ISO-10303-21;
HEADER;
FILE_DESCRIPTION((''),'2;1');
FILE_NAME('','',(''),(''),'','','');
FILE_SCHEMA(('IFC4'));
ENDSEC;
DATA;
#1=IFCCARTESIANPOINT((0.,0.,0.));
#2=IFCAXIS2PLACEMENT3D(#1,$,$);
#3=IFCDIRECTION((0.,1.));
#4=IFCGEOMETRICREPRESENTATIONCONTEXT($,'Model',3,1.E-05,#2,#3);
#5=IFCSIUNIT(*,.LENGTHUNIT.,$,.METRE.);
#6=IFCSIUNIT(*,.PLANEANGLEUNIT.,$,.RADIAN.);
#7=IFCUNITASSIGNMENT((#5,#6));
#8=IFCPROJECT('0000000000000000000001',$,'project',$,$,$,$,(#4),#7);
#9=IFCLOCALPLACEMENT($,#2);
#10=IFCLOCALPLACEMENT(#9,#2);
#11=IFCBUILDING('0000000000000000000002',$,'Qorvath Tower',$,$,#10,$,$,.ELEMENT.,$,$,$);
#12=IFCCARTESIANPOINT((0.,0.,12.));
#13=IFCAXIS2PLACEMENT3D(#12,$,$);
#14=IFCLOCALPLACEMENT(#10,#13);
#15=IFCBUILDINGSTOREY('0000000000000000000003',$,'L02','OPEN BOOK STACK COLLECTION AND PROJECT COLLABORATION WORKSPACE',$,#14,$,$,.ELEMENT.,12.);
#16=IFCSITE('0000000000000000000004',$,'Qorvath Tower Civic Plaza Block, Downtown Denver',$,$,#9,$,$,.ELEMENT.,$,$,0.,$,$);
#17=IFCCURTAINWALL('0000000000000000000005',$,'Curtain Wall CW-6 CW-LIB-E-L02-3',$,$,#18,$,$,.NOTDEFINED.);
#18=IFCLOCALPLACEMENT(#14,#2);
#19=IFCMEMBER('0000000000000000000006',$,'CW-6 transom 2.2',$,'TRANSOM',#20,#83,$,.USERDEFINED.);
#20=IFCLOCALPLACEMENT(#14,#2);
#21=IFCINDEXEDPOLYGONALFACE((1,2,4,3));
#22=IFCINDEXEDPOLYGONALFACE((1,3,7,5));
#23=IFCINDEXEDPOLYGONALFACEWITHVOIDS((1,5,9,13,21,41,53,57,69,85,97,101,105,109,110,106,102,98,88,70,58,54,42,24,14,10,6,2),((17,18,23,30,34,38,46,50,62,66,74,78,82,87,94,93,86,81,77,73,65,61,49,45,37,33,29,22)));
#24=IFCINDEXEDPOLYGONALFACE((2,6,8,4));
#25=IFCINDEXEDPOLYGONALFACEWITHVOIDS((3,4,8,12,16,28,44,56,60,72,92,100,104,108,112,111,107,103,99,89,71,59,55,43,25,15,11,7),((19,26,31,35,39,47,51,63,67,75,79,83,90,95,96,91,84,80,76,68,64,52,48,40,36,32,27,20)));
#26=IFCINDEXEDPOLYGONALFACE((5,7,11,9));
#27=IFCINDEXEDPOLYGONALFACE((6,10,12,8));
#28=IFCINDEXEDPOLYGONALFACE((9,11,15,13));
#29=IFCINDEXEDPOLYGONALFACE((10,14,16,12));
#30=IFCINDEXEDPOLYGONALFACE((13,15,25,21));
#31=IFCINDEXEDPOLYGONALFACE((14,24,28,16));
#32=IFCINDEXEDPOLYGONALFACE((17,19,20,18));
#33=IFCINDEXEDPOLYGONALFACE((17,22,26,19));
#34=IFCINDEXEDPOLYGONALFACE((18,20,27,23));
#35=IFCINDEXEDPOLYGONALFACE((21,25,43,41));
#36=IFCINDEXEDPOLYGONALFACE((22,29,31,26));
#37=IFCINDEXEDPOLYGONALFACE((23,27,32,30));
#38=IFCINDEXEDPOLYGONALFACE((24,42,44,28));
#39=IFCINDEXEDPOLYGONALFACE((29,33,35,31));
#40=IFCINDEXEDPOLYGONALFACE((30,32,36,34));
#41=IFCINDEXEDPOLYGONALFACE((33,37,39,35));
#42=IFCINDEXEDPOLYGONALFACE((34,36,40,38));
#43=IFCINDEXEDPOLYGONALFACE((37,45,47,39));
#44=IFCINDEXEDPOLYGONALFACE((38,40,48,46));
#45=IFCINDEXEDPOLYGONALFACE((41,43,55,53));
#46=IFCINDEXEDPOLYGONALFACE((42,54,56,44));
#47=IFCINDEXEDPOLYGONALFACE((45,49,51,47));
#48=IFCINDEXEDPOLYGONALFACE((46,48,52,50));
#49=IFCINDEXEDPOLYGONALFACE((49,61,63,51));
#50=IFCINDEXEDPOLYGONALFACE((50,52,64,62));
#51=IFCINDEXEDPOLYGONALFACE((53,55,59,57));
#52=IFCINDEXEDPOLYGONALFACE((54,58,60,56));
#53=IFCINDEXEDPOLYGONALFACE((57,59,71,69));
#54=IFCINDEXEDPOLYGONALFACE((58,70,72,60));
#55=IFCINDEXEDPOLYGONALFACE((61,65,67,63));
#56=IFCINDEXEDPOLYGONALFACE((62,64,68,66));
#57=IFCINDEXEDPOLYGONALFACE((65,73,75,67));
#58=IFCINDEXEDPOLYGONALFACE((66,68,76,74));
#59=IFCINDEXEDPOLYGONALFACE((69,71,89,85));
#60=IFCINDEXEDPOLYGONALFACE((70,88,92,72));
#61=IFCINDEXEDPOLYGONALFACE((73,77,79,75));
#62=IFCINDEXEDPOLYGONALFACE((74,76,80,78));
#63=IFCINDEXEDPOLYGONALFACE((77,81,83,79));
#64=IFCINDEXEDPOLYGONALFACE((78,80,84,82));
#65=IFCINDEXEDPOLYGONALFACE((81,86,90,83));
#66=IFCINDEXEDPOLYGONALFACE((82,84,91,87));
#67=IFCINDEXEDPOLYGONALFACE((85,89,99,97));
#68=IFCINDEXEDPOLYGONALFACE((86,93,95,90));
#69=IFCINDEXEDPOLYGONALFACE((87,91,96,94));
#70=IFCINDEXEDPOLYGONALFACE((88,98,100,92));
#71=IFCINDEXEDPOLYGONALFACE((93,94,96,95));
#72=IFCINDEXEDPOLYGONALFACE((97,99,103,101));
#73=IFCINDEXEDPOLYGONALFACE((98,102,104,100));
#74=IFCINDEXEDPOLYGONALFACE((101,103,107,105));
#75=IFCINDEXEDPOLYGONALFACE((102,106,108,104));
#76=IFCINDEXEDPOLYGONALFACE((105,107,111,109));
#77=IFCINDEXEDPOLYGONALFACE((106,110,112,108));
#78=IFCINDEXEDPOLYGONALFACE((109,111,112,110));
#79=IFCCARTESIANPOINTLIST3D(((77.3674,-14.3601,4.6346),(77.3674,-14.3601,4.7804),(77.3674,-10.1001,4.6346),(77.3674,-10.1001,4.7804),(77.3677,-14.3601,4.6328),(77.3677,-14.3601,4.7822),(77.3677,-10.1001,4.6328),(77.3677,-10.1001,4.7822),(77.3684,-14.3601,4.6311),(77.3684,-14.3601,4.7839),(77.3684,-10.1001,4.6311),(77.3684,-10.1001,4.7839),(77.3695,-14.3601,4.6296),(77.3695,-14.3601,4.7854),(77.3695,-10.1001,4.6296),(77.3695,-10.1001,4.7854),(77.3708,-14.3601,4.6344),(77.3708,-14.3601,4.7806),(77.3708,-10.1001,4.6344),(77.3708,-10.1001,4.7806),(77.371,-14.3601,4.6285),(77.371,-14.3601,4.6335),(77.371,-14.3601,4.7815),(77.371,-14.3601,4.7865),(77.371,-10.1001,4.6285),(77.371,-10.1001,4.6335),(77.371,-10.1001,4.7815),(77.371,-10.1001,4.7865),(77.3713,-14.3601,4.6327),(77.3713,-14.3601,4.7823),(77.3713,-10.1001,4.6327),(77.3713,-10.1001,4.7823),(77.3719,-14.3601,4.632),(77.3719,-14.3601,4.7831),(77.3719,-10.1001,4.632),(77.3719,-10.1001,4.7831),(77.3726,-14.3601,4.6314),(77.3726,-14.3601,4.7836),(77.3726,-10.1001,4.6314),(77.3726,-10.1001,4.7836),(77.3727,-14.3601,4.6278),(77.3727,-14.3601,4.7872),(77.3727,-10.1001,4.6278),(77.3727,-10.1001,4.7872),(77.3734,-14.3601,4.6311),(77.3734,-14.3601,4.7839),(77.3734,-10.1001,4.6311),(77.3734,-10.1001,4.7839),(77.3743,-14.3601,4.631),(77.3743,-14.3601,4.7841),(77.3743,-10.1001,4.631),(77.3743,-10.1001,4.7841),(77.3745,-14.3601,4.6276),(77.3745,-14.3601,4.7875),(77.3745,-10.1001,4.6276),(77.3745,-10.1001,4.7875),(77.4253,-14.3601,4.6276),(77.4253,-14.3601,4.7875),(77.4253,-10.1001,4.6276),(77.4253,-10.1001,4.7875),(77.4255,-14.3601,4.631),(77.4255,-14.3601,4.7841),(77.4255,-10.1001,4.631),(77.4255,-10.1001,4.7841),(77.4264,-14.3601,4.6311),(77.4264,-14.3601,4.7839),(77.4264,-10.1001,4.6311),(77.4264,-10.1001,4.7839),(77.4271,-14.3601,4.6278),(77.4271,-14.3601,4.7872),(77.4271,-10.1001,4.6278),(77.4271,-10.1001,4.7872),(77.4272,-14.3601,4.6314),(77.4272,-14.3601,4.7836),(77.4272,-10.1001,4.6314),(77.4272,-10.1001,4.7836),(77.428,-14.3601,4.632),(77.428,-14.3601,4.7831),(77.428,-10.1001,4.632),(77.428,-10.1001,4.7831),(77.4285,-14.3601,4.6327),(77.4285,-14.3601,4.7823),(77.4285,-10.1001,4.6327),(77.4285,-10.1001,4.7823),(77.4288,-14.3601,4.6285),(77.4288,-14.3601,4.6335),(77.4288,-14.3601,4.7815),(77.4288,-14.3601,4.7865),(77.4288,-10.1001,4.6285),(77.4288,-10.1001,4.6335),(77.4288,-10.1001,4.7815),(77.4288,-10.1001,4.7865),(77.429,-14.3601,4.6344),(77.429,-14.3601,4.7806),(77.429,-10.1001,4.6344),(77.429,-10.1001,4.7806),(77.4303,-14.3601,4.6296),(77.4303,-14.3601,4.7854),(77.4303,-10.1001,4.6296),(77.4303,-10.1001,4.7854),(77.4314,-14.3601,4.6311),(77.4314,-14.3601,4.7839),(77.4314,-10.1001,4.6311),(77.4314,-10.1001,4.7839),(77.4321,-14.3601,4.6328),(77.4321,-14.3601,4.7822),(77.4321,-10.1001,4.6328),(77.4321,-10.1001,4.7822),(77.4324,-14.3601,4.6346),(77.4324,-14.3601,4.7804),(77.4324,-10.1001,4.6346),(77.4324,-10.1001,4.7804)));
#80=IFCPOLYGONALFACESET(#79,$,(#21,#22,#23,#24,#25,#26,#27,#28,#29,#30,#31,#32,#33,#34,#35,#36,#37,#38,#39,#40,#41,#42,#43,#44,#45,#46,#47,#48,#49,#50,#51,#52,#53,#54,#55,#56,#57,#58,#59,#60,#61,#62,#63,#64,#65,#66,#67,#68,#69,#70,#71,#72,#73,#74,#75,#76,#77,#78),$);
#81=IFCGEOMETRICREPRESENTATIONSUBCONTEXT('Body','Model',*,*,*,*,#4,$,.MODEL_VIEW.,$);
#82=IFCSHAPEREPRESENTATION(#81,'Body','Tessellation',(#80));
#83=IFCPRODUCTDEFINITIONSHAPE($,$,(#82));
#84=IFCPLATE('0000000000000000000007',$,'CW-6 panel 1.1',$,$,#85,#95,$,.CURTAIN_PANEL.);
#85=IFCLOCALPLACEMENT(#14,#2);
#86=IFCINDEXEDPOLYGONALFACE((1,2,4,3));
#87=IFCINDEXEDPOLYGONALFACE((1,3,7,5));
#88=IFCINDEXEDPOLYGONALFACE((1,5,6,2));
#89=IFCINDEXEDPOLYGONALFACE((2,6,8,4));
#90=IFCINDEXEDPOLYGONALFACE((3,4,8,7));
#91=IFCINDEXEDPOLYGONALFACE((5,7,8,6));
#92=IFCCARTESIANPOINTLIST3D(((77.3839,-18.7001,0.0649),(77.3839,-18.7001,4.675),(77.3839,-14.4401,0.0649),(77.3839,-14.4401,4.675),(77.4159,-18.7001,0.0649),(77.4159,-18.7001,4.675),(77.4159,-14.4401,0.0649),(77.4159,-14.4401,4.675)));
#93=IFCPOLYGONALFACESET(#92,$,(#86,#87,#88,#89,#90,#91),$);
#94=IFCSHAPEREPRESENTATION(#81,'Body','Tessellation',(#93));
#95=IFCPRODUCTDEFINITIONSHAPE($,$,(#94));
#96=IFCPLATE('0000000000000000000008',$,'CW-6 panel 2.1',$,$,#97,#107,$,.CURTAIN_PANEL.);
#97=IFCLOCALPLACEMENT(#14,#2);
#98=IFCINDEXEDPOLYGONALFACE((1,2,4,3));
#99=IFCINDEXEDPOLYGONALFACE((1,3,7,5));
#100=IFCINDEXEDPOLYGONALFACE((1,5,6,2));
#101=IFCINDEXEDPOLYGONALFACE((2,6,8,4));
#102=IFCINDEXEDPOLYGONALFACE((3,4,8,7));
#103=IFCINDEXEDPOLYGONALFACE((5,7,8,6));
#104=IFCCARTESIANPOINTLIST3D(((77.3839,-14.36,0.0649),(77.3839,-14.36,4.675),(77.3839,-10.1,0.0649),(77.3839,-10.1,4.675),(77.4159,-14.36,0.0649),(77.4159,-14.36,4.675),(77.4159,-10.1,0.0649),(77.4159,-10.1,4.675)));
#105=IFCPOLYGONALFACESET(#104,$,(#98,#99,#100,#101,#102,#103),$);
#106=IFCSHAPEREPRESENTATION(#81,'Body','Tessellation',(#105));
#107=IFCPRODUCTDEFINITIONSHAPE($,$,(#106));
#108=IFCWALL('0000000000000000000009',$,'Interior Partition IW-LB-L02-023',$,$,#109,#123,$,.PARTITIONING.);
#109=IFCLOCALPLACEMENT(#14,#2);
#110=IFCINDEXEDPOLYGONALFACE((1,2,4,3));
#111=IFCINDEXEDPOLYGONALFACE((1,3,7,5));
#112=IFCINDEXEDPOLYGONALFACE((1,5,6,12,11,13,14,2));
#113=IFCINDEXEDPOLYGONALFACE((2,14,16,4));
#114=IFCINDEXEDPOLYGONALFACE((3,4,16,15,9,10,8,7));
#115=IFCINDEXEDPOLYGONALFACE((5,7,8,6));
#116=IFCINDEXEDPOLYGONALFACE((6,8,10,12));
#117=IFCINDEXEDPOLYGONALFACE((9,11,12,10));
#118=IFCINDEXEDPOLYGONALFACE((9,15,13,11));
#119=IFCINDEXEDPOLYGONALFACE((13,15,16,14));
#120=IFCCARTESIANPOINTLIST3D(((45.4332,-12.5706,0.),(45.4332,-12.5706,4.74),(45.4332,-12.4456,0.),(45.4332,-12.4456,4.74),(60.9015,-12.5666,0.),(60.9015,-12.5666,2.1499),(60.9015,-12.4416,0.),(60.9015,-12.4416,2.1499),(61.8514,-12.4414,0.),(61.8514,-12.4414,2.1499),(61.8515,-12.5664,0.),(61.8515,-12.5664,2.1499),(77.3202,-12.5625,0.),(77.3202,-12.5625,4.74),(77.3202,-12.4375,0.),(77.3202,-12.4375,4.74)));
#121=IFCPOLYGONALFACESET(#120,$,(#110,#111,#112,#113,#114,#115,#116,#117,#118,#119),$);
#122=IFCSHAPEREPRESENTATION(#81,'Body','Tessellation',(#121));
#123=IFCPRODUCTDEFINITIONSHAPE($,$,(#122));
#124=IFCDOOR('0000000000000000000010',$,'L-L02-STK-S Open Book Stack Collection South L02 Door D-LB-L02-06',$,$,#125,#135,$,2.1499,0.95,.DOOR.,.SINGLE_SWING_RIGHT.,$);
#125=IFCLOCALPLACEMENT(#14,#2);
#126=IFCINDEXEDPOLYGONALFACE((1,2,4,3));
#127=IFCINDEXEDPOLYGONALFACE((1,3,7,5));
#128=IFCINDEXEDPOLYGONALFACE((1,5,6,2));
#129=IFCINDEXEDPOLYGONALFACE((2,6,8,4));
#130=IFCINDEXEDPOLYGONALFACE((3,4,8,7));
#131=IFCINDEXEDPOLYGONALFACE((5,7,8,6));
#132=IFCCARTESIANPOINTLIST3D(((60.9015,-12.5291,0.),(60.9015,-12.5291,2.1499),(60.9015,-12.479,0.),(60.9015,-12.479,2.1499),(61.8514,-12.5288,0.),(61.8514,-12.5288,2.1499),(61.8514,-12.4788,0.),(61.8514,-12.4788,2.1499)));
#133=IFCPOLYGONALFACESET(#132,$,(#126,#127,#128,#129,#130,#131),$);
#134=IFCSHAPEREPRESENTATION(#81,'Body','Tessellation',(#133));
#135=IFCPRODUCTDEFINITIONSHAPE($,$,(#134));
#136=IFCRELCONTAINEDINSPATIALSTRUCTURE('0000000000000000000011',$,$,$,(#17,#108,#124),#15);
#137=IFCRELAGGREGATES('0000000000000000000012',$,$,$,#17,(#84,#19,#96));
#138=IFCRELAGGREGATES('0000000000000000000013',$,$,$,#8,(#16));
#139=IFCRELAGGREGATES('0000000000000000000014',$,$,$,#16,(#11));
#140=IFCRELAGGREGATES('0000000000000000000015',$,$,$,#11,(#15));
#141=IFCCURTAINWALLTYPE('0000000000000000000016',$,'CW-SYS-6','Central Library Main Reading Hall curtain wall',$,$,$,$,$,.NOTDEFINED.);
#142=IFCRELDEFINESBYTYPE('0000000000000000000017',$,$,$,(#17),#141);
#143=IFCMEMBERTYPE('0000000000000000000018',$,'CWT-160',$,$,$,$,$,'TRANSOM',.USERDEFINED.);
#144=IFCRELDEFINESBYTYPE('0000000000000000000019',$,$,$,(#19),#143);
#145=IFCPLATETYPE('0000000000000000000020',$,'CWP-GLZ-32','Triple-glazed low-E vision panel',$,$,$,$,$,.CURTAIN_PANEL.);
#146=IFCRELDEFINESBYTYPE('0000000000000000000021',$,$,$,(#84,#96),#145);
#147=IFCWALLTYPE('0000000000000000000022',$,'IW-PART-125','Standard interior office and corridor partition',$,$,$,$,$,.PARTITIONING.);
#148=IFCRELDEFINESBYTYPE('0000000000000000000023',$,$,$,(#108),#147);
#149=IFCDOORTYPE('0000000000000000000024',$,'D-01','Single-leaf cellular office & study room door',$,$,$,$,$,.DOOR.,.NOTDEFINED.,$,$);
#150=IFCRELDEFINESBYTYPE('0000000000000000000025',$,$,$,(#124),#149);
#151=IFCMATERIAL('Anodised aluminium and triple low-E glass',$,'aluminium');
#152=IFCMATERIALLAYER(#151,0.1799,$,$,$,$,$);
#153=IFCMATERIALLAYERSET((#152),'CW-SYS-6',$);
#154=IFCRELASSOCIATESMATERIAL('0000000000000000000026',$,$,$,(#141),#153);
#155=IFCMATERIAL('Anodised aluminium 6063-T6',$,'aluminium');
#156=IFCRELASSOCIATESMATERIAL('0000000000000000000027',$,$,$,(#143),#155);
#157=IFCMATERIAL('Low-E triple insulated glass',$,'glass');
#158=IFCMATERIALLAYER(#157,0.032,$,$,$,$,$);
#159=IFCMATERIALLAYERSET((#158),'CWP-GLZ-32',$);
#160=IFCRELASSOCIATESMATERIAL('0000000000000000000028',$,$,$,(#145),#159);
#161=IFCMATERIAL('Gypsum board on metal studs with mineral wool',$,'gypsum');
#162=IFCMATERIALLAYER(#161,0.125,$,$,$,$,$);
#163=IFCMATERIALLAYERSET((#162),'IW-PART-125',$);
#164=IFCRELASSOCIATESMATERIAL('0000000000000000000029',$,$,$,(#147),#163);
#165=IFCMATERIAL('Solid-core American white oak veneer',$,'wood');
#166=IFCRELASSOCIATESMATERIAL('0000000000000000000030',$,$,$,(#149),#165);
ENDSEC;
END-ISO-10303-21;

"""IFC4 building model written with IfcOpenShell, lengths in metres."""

from ifc_helpers import new_model, si_unit, direction, frame, frame_2d, origin, origin_2d, place, context, subcontext, project, spatial, rectangle, hollow_rectangle, extrude, material, layer, layer_set, material_profile, profile_set, type_object, element, fill, aggregate, save


model = new_model("IFC4")

# Units and contexts
model_context = context("Model", 3, precision=1e-05, world=origin(), true_north=direction((0.0, 1.0)))
body_context = subcontext(model_context, "Body", "Model", "MODEL_VIEW")
ifc_project = project(units=[si_unit("LENGTHUNIT", "METRE"), si_unit("PLANEANGLEUNIT", "RADIAN")], contexts=[model_context])

# Site, building, storey
site_placement = place(None, origin())
site = spatial("IfcSite", under=ifc_project, at=site_placement, Name="Qorvath Tower Civic Plaza Block, Downtown Denver", CompositionType="ELEMENT", RefElevation=0.0)
building_placement = place(site_placement, origin())
building = spatial("IfcBuilding", under=site, at=building_placement, Name="Qorvath Tower", CompositionType="ELEMENT")
storey_placement = place(building_placement, frame((0.0, 0.0, 12.0)))
storey = spatial("IfcBuildingStorey", under=building, at=storey_placement, Name="L02", Description="OPEN BOOK STACK COLLECTION AND PROJECT COLLABORATION WORKSPACE", CompositionType="ELEMENT", Elevation=12.0)

# Curtain wall, member, plates
ifc_material_1 = material(Name="Anodised aluminium and triple low-E glass", Category="aluminium")
ifc_layer_1 = layer(ifc_material_1, 0.1799)
ifc_layer_set_1 = layer_set([ifc_layer_1], Name="CW-SYS-6")
curtain_wall_type = type_object("IfcCurtainWallType", Name="CW-SYS-6", Description="Central Library Main Reading Hall curtain wall", PredefinedType="NOTDEFINED", material=ifc_layer_set_1)
curtain_wall_placement = place(storey_placement, origin())
curtain_wall = element("IfcCurtainWall", 1, at=curtain_wall_placement, inside=storey, type_object=curtain_wall_type, Name="Curtain Wall CW-6 CW-LIB-E-L02-3", PredefinedType="NOTDEFINED")
ifc_material_2 = material(Name="Anodised aluminium 6063-T6", Category="aluminium")
ifc_material_profile_1 = material_profile(ifc_material_2, hollow_rectangle(XDim=0.0649, YDim=0.1599, WallThickness=0.0034, InnerFilletRadius=0.0034, OuterFilletRadius=0.0071, at=origin_2d()), Name="CWT 160x65")
ifc_profile_set_1 = profile_set([ifc_material_profile_1], Name="Anodised aluminium 6063-T6")
member_type_1 = type_object("IfcMemberType", Name="CWT-160", ElementType="TRANSOM", PredefinedType="USERDEFINED", material=ifc_profile_set_1)
member_1_placement = place(storey_placement, frame((77.3999, -14.3601, 4.7075), z_axis=(0.0, 1.0, 0.0), x_axis=(-1.0, 0.0, 0.0)))
member_1 = element("IfcMember", 2, at=member_1_placement, type_object=member_type_1, Name="CW-6 transom 2.2", ObjectType="TRANSOM", PredefinedType="USERDEFINED", context=body_context, shape_type="SweptSolid", body=[
    extrude(hollow_rectangle(XDim=0.0649, YDim=0.1599, WallThickness=0.0034, InnerFilletRadius=0.0034, OuterFilletRadius=0.0071, at=origin_2d()), origin(), (0.0, 0.0, 1.0), 4.26),
])
ifc_material_3 = material(Name="Low-E triple insulated glass", Category="glass")
ifc_layer_2 = layer(ifc_material_3, 0.032)
ifc_layer_set_2 = layer_set([ifc_layer_2], Name="CWP-GLZ-32")
plate_type = type_object("IfcPlateType", Name="CWP-GLZ-32", Description="Triple-glazed low-E vision panel", PredefinedType="CURTAIN_PANEL", material=ifc_layer_set_2)
plate_1_placement = place(storey_placement, frame((77.3999, -16.5701, 0.0649), z_axis=(0.0, 0.0, 1.0), x_axis=(0.0, 1.0, 0.0)))
plate_1 = element("IfcPlate", 3, at=plate_1_placement, type_object=plate_type, Name="CW-6 panel 1.1", PredefinedType="CURTAIN_PANEL", context=body_context, shape_type="SweptSolid", body=[
    extrude(rectangle(XDim=4.26, YDim=0.032, at=origin_2d()), origin(), (0.0, 0.0, 1.0), 4.6101),
])
plate_2_placement = place(storey_placement, frame((77.3999, -12.23, 0.0649), z_axis=(0.0, 0.0, 1.0), x_axis=(0.0, 1.0, 0.0)))
plate_2 = element("IfcPlate", 4, at=plate_2_placement, type_object=plate_type, Name="CW-6 panel 2.1", PredefinedType="CURTAIN_PANEL", context=body_context, shape_type="SweptSolid", body=[
    extrude(rectangle(XDim=4.26, YDim=0.032, at=origin_2d()), origin(), (0.0, 0.0, 1.0), 4.6101),
])
aggregate(curtain_wall, [plate_1, member_1, plate_2])

# Wall, opening, door
ifc_material_4 = material(Name="Gypsum board on metal studs with mineral wool", Category="gypsum")
ifc_layer_3 = layer(ifc_material_4, 0.125)
ifc_layer_set_3 = layer_set([ifc_layer_3], Name="IW-PART-125")
wall_type = type_object("IfcWallType", Name="IW-PART-125", Description="Standard interior office and corridor partition", PredefinedType="PARTITIONING", material=ifc_layer_set_3)
wall_placement = place(storey_placement, frame((77.3201, -12.5, 0.0), z_axis=(0.0, 0.0, 1.0), x_axis=(-1.0, -0.000253, 0.0)))
wall = element("IfcWall", 5, at=wall_placement, inside=storey, type_object=wall_type, Name="Interior Partition IW-LB-L02-023", PredefinedType="PARTITIONING", context=body_context, shape_type="SweptSolid", body=[
    extrude(rectangle(XDim=31.887, YDim=0.125, at=frame_2d((15.9434, 0.0))), origin(), (0.0, 0.0, 1.0), 4.74),
])
opening_placement = place(wall_placement, frame((15.4685, 0.0, 0.0)))
opening = element("IfcOpeningElement", 6, at=opening_placement, cuts=wall, PredefinedType="OPENING", context=body_context, shape_type="SweptSolid", body=[
    extrude(rectangle(XDim=0.95, YDim=2.1499, at=frame_2d((0.4751, 1.075))), frame((0.0, 0.0725, 0.0), z_axis=(0.0, -1.0, 0.0), x_axis=(1.0, 0.0, 0.0)), (0.0, 0.0, 1.0), 0.145),
])
ifc_material_5 = material(Name="Solid-core American white oak veneer", Category="wood")
door_type = type_object("IfcDoorType", Name="D-01", Description="Single-leaf cellular office & study room door", OperationType="NOTDEFINED", PredefinedType="DOOR", material=ifc_material_5)
door_placement = place(opening_placement, origin())
door = element("IfcDoor", 7, at=door_placement, inside=storey, type_object=door_type, Name="L-L02-STK-S Open Book Stack Collection South L02 Door D-LB-L02-06", OperationType="SINGLE_SWING_RIGHT", OverallHeight=2.1499, OverallWidth=0.95, PredefinedType="DOOR", context=body_context, shape_type="SweptSolid", body=[
    extrude(rectangle(XDim=0.95, YDim=2.1499, at=frame_2d((0.4751, 1.075))), frame((0.0, 0.0249, 0.0), z_axis=(0.0, -1.0, 0.0), x_axis=(1.0, 0.0, 0.0)), (0.0, 0.0, 1.0), 0.05),
])
fill(opening, door)

save(model, "model.ifc")
